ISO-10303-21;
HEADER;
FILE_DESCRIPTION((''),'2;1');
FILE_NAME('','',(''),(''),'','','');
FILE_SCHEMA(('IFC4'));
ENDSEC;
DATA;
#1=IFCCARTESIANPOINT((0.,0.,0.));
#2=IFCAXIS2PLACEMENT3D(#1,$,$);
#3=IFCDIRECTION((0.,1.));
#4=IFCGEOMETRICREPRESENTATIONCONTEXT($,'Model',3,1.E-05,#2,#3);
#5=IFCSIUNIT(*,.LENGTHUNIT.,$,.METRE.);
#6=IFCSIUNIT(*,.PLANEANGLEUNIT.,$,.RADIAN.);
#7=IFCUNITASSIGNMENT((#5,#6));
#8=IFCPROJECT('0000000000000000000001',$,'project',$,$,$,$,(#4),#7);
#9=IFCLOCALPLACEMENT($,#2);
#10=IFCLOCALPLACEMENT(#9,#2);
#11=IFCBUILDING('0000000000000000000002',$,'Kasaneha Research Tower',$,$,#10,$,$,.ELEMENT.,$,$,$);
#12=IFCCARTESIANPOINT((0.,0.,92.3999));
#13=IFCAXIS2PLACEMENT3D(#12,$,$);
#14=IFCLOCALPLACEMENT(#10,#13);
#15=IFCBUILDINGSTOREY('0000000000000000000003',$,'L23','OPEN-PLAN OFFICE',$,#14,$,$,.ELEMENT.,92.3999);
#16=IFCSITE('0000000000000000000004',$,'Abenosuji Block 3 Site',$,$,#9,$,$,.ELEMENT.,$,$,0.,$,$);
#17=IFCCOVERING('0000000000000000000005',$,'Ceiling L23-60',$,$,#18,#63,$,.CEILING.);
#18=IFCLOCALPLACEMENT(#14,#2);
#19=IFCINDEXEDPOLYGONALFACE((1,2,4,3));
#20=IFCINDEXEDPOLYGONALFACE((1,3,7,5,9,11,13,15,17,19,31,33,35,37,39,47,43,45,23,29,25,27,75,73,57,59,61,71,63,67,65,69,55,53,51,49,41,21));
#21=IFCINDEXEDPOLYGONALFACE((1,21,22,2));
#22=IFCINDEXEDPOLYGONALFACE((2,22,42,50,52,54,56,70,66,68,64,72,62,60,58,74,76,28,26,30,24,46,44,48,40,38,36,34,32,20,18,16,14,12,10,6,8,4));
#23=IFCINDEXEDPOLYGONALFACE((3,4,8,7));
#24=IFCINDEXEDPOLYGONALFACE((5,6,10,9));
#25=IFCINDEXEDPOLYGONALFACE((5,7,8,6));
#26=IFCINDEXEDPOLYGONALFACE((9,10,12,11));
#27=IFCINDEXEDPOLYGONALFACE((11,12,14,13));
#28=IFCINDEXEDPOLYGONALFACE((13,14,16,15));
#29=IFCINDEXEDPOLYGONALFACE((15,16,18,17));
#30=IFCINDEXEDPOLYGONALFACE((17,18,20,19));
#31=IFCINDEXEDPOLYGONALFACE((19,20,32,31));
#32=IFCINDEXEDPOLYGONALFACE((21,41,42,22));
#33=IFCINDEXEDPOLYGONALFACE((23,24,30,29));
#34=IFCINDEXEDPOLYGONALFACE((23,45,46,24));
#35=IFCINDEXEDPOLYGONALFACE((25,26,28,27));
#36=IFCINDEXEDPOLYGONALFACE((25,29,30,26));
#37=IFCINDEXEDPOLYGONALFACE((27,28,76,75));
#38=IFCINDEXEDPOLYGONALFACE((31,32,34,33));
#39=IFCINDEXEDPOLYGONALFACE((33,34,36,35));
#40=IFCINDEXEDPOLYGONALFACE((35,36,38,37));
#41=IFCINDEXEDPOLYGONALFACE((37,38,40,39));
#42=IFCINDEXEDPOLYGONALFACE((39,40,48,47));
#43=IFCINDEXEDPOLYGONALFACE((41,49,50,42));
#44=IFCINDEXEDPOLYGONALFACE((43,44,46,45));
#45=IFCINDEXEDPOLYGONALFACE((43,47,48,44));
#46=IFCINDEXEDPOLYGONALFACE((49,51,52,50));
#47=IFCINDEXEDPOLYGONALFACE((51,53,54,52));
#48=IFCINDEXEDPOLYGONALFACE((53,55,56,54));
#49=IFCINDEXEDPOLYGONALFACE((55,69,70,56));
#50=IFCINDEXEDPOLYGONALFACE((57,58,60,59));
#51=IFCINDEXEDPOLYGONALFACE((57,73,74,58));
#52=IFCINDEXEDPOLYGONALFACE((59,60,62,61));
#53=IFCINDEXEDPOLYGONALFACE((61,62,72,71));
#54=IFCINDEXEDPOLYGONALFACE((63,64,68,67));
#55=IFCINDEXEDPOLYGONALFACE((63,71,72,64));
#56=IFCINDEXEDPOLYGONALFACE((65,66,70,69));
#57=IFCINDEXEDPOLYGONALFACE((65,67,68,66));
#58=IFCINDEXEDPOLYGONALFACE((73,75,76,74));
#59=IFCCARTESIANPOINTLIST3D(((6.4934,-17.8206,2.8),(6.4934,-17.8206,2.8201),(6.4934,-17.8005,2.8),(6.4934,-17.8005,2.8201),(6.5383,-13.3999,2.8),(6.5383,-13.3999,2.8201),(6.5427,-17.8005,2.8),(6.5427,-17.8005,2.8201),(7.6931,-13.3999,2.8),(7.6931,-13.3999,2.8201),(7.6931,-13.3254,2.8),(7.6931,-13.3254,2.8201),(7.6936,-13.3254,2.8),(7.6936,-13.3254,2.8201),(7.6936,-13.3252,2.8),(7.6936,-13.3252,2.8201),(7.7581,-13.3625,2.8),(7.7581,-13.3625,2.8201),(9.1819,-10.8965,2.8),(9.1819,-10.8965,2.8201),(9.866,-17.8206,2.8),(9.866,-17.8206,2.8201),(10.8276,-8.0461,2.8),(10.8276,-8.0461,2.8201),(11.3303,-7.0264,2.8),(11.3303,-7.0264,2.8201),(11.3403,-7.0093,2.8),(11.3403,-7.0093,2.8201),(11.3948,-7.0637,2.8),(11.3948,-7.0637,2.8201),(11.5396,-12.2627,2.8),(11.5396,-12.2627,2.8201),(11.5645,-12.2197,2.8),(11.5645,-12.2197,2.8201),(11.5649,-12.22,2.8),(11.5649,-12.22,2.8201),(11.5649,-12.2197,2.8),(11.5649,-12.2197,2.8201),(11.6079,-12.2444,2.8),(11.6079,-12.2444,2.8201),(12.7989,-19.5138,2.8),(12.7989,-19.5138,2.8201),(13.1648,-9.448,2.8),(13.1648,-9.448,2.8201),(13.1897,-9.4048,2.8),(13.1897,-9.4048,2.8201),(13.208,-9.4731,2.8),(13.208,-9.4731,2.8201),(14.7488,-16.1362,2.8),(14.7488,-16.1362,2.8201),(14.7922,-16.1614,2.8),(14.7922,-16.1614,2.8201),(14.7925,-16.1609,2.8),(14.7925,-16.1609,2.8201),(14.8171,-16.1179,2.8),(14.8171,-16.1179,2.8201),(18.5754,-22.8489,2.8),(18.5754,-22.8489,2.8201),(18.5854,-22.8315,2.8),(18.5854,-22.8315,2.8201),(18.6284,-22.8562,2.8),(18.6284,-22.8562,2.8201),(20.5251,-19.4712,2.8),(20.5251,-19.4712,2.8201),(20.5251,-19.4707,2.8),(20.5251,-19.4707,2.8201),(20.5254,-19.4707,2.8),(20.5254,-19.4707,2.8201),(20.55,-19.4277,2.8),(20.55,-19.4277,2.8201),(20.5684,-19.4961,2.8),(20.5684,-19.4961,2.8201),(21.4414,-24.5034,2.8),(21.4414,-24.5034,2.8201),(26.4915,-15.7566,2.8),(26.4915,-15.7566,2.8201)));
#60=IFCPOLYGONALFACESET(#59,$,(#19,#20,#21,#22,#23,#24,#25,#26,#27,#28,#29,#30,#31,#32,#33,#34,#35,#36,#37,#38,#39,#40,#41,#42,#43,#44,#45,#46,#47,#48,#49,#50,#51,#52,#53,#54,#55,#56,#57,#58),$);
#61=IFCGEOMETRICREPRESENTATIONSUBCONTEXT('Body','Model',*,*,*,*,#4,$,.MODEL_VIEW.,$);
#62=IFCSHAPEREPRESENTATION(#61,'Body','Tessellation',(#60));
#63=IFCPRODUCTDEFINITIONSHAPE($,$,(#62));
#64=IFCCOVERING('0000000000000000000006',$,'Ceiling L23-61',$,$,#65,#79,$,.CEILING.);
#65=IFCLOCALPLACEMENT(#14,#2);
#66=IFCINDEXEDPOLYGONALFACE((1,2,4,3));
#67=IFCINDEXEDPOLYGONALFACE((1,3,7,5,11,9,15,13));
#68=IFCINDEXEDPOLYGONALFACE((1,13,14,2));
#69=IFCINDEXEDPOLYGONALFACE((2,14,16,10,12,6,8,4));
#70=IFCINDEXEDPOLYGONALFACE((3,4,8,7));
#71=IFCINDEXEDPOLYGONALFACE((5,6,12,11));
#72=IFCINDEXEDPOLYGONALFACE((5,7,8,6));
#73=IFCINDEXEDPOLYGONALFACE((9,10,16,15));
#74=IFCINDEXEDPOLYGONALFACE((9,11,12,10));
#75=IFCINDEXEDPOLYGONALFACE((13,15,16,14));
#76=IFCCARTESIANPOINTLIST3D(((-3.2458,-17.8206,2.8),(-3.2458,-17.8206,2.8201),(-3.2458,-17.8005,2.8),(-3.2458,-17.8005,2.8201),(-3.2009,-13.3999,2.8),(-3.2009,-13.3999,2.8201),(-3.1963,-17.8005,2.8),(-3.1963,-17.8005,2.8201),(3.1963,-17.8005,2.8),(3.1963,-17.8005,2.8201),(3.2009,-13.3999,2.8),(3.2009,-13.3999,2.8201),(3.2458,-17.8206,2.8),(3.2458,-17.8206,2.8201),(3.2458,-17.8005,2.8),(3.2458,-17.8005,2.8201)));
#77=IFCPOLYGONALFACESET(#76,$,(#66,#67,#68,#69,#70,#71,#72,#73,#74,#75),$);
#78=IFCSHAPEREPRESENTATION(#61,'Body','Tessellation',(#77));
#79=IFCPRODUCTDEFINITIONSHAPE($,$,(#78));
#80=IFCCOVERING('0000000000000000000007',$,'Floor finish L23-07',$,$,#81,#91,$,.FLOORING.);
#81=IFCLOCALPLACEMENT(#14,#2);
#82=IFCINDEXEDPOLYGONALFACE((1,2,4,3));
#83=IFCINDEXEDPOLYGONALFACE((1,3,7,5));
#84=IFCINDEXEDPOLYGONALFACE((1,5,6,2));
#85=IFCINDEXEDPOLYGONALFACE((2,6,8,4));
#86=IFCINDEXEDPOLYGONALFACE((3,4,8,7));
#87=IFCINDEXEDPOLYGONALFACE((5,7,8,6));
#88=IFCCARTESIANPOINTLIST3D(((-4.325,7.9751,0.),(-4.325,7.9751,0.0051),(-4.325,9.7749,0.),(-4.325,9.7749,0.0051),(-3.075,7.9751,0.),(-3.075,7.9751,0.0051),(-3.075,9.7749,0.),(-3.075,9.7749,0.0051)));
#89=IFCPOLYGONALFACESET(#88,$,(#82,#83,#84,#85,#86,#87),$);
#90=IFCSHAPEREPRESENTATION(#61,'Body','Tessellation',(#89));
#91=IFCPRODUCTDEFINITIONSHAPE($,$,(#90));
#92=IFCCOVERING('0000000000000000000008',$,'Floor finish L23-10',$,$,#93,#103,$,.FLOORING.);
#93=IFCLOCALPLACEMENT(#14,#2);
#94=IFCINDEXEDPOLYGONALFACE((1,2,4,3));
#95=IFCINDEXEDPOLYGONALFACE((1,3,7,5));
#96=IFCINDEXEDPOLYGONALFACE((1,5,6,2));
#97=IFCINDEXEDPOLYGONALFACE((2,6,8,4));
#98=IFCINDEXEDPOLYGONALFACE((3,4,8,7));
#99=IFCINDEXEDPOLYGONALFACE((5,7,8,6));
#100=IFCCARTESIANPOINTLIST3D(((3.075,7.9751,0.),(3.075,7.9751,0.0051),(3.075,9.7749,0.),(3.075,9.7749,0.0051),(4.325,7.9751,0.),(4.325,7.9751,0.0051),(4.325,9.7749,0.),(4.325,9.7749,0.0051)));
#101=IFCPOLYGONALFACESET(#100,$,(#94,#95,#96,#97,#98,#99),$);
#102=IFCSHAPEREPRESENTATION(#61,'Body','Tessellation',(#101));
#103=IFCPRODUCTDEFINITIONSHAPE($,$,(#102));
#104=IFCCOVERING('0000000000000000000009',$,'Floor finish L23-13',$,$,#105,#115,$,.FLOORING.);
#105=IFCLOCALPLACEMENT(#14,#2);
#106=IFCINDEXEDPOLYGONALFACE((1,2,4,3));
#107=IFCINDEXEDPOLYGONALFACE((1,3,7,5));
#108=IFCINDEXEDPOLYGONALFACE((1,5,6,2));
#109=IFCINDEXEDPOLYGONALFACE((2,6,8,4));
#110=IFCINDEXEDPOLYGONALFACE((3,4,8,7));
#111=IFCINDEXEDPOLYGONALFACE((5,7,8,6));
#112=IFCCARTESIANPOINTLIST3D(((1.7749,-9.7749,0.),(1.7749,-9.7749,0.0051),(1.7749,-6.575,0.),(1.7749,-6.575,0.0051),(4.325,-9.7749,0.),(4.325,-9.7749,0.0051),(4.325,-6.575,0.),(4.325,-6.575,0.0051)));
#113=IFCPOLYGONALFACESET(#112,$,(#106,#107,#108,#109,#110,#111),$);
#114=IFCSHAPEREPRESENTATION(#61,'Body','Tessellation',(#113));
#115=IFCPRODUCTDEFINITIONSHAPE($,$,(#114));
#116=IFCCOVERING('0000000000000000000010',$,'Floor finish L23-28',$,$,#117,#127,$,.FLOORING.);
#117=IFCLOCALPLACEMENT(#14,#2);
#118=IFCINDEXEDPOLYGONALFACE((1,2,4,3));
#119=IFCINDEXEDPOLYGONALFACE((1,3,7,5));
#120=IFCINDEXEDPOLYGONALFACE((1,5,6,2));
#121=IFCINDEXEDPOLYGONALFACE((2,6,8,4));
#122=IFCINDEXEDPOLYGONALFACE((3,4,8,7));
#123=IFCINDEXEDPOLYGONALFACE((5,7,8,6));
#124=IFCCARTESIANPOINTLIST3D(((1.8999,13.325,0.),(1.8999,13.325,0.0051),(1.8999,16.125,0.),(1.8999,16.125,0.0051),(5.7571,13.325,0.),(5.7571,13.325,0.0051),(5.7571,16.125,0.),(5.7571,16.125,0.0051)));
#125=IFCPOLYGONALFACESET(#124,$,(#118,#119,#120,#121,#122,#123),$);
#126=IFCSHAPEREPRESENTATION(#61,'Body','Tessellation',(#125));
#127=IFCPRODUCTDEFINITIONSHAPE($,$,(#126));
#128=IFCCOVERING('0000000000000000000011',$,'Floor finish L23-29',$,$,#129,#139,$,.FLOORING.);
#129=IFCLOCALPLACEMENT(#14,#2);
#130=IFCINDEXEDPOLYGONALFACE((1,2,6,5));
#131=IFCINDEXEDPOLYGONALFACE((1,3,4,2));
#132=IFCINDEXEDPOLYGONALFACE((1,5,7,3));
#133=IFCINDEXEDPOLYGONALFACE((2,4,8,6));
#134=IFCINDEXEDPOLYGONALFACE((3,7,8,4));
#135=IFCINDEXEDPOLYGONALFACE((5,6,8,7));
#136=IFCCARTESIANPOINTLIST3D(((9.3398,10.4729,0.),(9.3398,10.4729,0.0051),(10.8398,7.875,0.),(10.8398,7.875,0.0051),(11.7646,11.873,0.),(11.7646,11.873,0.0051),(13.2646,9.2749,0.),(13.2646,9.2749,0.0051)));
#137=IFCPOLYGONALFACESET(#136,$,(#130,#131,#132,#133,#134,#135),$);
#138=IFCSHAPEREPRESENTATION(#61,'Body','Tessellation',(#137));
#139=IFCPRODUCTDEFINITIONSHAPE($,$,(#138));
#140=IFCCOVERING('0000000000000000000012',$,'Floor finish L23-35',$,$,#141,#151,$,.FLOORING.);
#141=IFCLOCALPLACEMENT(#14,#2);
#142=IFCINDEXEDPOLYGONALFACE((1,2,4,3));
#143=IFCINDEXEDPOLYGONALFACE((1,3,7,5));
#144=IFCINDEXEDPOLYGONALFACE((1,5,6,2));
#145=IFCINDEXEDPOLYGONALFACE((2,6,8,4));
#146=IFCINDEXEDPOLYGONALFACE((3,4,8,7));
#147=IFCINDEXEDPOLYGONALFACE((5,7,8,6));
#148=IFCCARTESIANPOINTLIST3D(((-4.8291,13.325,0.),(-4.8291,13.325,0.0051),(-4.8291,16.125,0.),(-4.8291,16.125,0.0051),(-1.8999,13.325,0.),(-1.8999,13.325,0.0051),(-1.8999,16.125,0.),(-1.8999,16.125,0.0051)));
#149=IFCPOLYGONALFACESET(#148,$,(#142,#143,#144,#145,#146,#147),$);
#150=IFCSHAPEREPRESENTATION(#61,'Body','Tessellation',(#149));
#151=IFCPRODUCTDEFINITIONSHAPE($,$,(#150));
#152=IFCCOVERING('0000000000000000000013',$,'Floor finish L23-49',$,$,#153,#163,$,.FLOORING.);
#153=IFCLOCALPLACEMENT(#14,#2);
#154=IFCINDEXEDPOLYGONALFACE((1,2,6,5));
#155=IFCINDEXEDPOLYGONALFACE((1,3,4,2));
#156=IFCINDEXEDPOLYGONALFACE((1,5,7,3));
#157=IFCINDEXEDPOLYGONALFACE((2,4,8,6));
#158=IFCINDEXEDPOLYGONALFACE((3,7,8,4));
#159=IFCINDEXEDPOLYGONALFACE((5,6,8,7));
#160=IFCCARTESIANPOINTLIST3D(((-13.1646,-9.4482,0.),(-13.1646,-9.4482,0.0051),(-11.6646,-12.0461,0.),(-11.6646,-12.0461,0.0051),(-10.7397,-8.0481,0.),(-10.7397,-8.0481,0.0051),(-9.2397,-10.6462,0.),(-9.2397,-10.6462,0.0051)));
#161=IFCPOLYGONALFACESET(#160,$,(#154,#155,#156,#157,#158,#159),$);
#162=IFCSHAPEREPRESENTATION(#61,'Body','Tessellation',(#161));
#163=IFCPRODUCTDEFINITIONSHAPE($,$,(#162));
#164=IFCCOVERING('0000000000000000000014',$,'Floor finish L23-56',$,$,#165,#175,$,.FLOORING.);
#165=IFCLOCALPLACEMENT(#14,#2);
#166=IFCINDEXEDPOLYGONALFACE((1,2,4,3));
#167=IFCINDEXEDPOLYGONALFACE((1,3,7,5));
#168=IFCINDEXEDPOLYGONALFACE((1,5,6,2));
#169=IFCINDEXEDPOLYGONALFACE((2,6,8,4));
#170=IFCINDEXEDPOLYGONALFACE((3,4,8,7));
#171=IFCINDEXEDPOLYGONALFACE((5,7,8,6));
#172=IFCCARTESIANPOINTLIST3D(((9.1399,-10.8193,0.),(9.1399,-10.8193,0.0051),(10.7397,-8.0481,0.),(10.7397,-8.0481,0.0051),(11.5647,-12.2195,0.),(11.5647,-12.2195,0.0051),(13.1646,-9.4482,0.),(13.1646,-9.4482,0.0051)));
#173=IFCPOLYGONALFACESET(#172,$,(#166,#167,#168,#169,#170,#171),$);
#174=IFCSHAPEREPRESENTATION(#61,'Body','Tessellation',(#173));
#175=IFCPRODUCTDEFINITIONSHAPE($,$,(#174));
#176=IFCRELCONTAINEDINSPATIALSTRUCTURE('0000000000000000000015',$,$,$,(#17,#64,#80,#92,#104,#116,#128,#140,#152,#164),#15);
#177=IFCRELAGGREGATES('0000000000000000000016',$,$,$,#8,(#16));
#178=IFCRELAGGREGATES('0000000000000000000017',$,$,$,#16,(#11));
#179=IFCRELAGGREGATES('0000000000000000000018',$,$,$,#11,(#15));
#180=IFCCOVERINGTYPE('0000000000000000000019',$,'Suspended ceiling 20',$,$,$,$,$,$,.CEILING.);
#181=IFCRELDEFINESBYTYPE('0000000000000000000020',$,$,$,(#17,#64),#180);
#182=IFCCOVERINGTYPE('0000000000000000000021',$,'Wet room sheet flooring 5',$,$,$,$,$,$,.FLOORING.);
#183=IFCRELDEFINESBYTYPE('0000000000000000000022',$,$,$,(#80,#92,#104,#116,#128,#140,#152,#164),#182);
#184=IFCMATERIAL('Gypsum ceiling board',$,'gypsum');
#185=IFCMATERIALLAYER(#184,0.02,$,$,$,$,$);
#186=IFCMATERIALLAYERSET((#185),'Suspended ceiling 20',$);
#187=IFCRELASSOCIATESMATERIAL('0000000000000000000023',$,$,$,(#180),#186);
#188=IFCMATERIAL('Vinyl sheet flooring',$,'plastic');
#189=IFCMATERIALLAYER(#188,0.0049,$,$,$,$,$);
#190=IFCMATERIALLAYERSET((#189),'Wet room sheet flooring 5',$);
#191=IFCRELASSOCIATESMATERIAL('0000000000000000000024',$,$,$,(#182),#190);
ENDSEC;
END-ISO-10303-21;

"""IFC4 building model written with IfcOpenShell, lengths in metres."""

from ifc_helpers import new_model, si_unit, direction, frame, origin, place, context, subcontext, project, spatial, polyline, outline, extrude, material, layer, layer_set, type_object, element, save


model = new_model("IFC4")

# Units and contexts
model_context = context("Model", 3, precision=1e-05, world=origin(), true_north=direction((0.0, 1.0)))
body_context = subcontext(model_context, "Body", "Model", "MODEL_VIEW")
ifc_project = project(units=[si_unit("LENGTHUNIT", "METRE"), si_unit("PLANEANGLEUNIT", "RADIAN")], contexts=[model_context])

# Site, building, storey
site_placement = place(None, origin())
site = spatial("IfcSite", under=ifc_project, at=site_placement, Name="Abenosuji Block 3 Site", CompositionType="ELEMENT", RefElevation=0.0)
building_placement = place(site_placement, origin())
building = spatial("IfcBuilding", under=site, at=building_placement, Name="Kasaneha Research Tower", CompositionType="ELEMENT")
storey_placement = place(building_placement, frame((0.0, 0.0, 92.3999)))
storey = spatial("IfcBuildingStorey", under=building, at=storey_placement, Name="L23", Description="OPEN-PLAN OFFICE", CompositionType="ELEMENT", Elevation=92.3999)

# Coverings
ifc_material_1 = material(Name="Gypsum ceiling board", Category="gypsum")
ifc_layer_1 = layer(ifc_material_1, 0.02)
ifc_layer_set_1 = layer_set([ifc_layer_1], Name="Suspended ceiling 20")
covering_type_1 = type_object("IfcCoveringType", Name="Suspended ceiling 20", PredefinedType="CEILING", material=ifc_layer_set_1)
covering_1_placement = place(storey_placement, frame((0.0, 0.0, 2.8)))
element("IfcCovering", 1, at=covering_1_placement, inside=storey, type_object=covering_type_1, Name="Ceiling L23-60", PredefinedType="CEILING", context=body_context, shape_type="SweptSolid", body=[
    extrude(outline(polyline([(7.6936, -13.3254), (7.6936, -13.3252), (7.7581, -13.3625), (9.1819, -10.8965), (11.5396, -12.2627), (11.5645, -12.2197), (11.5649, -12.22), (11.5649, -12.2197), (11.6079, -12.2444), (13.208, -9.4731), (13.1648, -9.448), (13.1897, -9.4048), (10.8276, -8.0461), (11.3948, -7.0637), (11.3303, -7.0264), (11.3403, -7.0093), (26.4915, -15.7566), (21.4414, -24.5034), (18.5754, -22.8489), (18.5854, -22.8315), (18.6284, -22.8562), (20.5684, -19.4961), (20.5251, -19.4712), (20.5254, -19.4707), (20.5251, -19.4707), (20.55, -19.4277), (14.8171, -16.1179), (14.7925, -16.1609), (14.7925, -16.1609), (14.7922, -16.1614), (14.7488, -16.1362), (12.7988, -19.5139), (12.8418, -19.5386), (12.8418, -19.5386), (9.866, -17.8206), (6.4934, -17.8206), (6.4934, -17.8005), (6.5427, -17.8005), (6.5383, -13.3999), (7.6931, -13.3999), (7.6931, -13.3254), (7.6936, -13.3254)])), origin(), (0.0, 0.0, 1.0), 0.02),
])
covering_2_placement = place(storey_placement, frame((0.0, 0.0, 2.8)))
element("IfcCovering", 2, at=covering_2_placement, inside=storey, type_object=covering_type_1, Name="Ceiling L23-61", PredefinedType="CEILING", context=body_context, shape_type="SweptSolid", body=[
    extrude(outline(polyline([(3.2458, -17.8206), (-3.2458, -17.8206), (-3.2458, -17.8005), (-3.1963, -17.8005), (-3.2009, -13.3999), (3.2009, -13.3999), (3.1963, -17.8005), (3.2458, -17.8005), (3.2458, -17.8206)])), origin(), (0.0, 0.0, 1.0), 0.02),
])
ifc_material_2 = material(Name="Vinyl sheet flooring", Category="plastic")
ifc_layer_2 = layer(ifc_material_2, 0.0049)
ifc_layer_set_2 = layer_set([ifc_layer_2], Name="Wet room sheet flooring 5")
covering_type_2 = type_object("IfcCoveringType", Name="Wet room sheet flooring 5", PredefinedType="FLOORING", material=ifc_layer_set_2)
covering_3_placement = place(storey_placement, origin())
element("IfcCovering", 3, at=covering_3_placement, inside=storey, type_object=covering_type_2, Name="Floor finish L23-07", PredefinedType="FLOORING", context=body_context, shape_type="SweptSolid", body=[
    extrude(outline(polyline([(-4.325, 7.9751), (-4.325, 9.7749), (-3.075, 9.7749), (-3.075, 7.9751), (-4.325, 7.9751)])), origin(), (0.0, 0.0, 1.0), 0.0051),
])
covering_4_placement = place(storey_placement, origin())
element("IfcCovering", 4, at=covering_4_placement, inside=storey, type_object=covering_type_2, Name="Floor finish L23-10", PredefinedType="FLOORING", context=body_context, shape_type="SweptSolid", body=[
    extrude(outline(polyline([(4.325, 7.9751), (3.075, 7.9751), (3.075, 9.7749), (4.325, 9.7749), (4.325, 7.9751)])), origin(), (0.0, 0.0, 1.0), 0.0051),
])
covering_5_placement = place(storey_placement, origin())
element("IfcCovering", 5, at=covering_5_placement, inside=storey, type_object=covering_type_2, Name="Floor finish L23-13", PredefinedType="FLOORING", context=body_context, shape_type="SweptSolid", body=[
    extrude(outline(polyline([(1.7749, -9.7749), (1.7749, -6.575), (4.325, -6.575), (4.325, -9.7749), (1.7749, -9.7749)])), origin(), (0.0, 0.0, 1.0), 0.0051),
])
covering_6_placement = place(storey_placement, origin())
element("IfcCovering", 6, at=covering_6_placement, inside=storey, type_object=covering_type_2, Name="Floor finish L23-28", PredefinedType="FLOORING", context=body_context, shape_type="SweptSolid", body=[
    extrude(outline(polyline([(1.8999, 16.125), (5.7571, 16.125), (5.7571, 13.325), (1.8999, 13.325), (1.8999, 16.125)])), origin(), (0.0, 0.0, 1.0), 0.0051),
])
covering_7_placement = place(storey_placement, origin())
element("IfcCovering", 7, at=covering_7_placement, inside=storey, type_object=covering_type_2, Name="Floor finish L23-29", PredefinedType="FLOORING", context=body_context, shape_type="SweptSolid", body=[
    extrude(outline(polyline([(11.7646, 11.873), (13.2646, 9.2749), (10.8398, 7.875), (9.3398, 10.4729), (11.7646, 11.873)])), origin(), (0.0, 0.0, 1.0), 0.0051),
])
covering_8_placement = place(storey_placement, origin())
element("IfcCovering", 8, at=covering_8_placement, inside=storey, type_object=covering_type_2, Name="Floor finish L23-35", PredefinedType="FLOORING", context=body_context, shape_type="SweptSolid", body=[
    extrude(outline(polyline([(-4.8291, 16.125), (-1.8999, 16.125), (-1.8999, 13.325), (-4.8291, 13.325), (-4.8291, 16.125)])), origin(), (0.0, 0.0, 1.0), 0.0051),
])
covering_9_placement = place(storey_placement, origin())
element("IfcCovering", 9, at=covering_9_placement, inside=storey, type_object=covering_type_2, Name="Floor finish L23-49", PredefinedType="FLOORING", context=body_context, shape_type="SweptSolid", body=[
    extrude(outline(polyline([(-11.6646, -12.0461), (-13.1646, -9.4482), (-10.7397, -8.0481), (-9.2397, -10.6462), (-11.6646, -12.0461)])), origin(), (0.0, 0.0, 1.0), 0.0051),
])
covering_10_placement = place(storey_placement, origin())
element("IfcCovering", 10, at=covering_10_placement, inside=storey, type_object=covering_type_2, Name="Floor finish L23-56", PredefinedType="FLOORING", context=body_context, shape_type="SweptSolid", body=[
    extrude(outline(polyline([(13.1646, -9.4482), (11.5647, -12.2195), (9.1399, -10.8193), (10.7397, -8.0481), (13.1646, -9.4482)])), origin(), (0.0, 0.0, 1.0), 0.0051),
])

save(model, "model.ifc")
